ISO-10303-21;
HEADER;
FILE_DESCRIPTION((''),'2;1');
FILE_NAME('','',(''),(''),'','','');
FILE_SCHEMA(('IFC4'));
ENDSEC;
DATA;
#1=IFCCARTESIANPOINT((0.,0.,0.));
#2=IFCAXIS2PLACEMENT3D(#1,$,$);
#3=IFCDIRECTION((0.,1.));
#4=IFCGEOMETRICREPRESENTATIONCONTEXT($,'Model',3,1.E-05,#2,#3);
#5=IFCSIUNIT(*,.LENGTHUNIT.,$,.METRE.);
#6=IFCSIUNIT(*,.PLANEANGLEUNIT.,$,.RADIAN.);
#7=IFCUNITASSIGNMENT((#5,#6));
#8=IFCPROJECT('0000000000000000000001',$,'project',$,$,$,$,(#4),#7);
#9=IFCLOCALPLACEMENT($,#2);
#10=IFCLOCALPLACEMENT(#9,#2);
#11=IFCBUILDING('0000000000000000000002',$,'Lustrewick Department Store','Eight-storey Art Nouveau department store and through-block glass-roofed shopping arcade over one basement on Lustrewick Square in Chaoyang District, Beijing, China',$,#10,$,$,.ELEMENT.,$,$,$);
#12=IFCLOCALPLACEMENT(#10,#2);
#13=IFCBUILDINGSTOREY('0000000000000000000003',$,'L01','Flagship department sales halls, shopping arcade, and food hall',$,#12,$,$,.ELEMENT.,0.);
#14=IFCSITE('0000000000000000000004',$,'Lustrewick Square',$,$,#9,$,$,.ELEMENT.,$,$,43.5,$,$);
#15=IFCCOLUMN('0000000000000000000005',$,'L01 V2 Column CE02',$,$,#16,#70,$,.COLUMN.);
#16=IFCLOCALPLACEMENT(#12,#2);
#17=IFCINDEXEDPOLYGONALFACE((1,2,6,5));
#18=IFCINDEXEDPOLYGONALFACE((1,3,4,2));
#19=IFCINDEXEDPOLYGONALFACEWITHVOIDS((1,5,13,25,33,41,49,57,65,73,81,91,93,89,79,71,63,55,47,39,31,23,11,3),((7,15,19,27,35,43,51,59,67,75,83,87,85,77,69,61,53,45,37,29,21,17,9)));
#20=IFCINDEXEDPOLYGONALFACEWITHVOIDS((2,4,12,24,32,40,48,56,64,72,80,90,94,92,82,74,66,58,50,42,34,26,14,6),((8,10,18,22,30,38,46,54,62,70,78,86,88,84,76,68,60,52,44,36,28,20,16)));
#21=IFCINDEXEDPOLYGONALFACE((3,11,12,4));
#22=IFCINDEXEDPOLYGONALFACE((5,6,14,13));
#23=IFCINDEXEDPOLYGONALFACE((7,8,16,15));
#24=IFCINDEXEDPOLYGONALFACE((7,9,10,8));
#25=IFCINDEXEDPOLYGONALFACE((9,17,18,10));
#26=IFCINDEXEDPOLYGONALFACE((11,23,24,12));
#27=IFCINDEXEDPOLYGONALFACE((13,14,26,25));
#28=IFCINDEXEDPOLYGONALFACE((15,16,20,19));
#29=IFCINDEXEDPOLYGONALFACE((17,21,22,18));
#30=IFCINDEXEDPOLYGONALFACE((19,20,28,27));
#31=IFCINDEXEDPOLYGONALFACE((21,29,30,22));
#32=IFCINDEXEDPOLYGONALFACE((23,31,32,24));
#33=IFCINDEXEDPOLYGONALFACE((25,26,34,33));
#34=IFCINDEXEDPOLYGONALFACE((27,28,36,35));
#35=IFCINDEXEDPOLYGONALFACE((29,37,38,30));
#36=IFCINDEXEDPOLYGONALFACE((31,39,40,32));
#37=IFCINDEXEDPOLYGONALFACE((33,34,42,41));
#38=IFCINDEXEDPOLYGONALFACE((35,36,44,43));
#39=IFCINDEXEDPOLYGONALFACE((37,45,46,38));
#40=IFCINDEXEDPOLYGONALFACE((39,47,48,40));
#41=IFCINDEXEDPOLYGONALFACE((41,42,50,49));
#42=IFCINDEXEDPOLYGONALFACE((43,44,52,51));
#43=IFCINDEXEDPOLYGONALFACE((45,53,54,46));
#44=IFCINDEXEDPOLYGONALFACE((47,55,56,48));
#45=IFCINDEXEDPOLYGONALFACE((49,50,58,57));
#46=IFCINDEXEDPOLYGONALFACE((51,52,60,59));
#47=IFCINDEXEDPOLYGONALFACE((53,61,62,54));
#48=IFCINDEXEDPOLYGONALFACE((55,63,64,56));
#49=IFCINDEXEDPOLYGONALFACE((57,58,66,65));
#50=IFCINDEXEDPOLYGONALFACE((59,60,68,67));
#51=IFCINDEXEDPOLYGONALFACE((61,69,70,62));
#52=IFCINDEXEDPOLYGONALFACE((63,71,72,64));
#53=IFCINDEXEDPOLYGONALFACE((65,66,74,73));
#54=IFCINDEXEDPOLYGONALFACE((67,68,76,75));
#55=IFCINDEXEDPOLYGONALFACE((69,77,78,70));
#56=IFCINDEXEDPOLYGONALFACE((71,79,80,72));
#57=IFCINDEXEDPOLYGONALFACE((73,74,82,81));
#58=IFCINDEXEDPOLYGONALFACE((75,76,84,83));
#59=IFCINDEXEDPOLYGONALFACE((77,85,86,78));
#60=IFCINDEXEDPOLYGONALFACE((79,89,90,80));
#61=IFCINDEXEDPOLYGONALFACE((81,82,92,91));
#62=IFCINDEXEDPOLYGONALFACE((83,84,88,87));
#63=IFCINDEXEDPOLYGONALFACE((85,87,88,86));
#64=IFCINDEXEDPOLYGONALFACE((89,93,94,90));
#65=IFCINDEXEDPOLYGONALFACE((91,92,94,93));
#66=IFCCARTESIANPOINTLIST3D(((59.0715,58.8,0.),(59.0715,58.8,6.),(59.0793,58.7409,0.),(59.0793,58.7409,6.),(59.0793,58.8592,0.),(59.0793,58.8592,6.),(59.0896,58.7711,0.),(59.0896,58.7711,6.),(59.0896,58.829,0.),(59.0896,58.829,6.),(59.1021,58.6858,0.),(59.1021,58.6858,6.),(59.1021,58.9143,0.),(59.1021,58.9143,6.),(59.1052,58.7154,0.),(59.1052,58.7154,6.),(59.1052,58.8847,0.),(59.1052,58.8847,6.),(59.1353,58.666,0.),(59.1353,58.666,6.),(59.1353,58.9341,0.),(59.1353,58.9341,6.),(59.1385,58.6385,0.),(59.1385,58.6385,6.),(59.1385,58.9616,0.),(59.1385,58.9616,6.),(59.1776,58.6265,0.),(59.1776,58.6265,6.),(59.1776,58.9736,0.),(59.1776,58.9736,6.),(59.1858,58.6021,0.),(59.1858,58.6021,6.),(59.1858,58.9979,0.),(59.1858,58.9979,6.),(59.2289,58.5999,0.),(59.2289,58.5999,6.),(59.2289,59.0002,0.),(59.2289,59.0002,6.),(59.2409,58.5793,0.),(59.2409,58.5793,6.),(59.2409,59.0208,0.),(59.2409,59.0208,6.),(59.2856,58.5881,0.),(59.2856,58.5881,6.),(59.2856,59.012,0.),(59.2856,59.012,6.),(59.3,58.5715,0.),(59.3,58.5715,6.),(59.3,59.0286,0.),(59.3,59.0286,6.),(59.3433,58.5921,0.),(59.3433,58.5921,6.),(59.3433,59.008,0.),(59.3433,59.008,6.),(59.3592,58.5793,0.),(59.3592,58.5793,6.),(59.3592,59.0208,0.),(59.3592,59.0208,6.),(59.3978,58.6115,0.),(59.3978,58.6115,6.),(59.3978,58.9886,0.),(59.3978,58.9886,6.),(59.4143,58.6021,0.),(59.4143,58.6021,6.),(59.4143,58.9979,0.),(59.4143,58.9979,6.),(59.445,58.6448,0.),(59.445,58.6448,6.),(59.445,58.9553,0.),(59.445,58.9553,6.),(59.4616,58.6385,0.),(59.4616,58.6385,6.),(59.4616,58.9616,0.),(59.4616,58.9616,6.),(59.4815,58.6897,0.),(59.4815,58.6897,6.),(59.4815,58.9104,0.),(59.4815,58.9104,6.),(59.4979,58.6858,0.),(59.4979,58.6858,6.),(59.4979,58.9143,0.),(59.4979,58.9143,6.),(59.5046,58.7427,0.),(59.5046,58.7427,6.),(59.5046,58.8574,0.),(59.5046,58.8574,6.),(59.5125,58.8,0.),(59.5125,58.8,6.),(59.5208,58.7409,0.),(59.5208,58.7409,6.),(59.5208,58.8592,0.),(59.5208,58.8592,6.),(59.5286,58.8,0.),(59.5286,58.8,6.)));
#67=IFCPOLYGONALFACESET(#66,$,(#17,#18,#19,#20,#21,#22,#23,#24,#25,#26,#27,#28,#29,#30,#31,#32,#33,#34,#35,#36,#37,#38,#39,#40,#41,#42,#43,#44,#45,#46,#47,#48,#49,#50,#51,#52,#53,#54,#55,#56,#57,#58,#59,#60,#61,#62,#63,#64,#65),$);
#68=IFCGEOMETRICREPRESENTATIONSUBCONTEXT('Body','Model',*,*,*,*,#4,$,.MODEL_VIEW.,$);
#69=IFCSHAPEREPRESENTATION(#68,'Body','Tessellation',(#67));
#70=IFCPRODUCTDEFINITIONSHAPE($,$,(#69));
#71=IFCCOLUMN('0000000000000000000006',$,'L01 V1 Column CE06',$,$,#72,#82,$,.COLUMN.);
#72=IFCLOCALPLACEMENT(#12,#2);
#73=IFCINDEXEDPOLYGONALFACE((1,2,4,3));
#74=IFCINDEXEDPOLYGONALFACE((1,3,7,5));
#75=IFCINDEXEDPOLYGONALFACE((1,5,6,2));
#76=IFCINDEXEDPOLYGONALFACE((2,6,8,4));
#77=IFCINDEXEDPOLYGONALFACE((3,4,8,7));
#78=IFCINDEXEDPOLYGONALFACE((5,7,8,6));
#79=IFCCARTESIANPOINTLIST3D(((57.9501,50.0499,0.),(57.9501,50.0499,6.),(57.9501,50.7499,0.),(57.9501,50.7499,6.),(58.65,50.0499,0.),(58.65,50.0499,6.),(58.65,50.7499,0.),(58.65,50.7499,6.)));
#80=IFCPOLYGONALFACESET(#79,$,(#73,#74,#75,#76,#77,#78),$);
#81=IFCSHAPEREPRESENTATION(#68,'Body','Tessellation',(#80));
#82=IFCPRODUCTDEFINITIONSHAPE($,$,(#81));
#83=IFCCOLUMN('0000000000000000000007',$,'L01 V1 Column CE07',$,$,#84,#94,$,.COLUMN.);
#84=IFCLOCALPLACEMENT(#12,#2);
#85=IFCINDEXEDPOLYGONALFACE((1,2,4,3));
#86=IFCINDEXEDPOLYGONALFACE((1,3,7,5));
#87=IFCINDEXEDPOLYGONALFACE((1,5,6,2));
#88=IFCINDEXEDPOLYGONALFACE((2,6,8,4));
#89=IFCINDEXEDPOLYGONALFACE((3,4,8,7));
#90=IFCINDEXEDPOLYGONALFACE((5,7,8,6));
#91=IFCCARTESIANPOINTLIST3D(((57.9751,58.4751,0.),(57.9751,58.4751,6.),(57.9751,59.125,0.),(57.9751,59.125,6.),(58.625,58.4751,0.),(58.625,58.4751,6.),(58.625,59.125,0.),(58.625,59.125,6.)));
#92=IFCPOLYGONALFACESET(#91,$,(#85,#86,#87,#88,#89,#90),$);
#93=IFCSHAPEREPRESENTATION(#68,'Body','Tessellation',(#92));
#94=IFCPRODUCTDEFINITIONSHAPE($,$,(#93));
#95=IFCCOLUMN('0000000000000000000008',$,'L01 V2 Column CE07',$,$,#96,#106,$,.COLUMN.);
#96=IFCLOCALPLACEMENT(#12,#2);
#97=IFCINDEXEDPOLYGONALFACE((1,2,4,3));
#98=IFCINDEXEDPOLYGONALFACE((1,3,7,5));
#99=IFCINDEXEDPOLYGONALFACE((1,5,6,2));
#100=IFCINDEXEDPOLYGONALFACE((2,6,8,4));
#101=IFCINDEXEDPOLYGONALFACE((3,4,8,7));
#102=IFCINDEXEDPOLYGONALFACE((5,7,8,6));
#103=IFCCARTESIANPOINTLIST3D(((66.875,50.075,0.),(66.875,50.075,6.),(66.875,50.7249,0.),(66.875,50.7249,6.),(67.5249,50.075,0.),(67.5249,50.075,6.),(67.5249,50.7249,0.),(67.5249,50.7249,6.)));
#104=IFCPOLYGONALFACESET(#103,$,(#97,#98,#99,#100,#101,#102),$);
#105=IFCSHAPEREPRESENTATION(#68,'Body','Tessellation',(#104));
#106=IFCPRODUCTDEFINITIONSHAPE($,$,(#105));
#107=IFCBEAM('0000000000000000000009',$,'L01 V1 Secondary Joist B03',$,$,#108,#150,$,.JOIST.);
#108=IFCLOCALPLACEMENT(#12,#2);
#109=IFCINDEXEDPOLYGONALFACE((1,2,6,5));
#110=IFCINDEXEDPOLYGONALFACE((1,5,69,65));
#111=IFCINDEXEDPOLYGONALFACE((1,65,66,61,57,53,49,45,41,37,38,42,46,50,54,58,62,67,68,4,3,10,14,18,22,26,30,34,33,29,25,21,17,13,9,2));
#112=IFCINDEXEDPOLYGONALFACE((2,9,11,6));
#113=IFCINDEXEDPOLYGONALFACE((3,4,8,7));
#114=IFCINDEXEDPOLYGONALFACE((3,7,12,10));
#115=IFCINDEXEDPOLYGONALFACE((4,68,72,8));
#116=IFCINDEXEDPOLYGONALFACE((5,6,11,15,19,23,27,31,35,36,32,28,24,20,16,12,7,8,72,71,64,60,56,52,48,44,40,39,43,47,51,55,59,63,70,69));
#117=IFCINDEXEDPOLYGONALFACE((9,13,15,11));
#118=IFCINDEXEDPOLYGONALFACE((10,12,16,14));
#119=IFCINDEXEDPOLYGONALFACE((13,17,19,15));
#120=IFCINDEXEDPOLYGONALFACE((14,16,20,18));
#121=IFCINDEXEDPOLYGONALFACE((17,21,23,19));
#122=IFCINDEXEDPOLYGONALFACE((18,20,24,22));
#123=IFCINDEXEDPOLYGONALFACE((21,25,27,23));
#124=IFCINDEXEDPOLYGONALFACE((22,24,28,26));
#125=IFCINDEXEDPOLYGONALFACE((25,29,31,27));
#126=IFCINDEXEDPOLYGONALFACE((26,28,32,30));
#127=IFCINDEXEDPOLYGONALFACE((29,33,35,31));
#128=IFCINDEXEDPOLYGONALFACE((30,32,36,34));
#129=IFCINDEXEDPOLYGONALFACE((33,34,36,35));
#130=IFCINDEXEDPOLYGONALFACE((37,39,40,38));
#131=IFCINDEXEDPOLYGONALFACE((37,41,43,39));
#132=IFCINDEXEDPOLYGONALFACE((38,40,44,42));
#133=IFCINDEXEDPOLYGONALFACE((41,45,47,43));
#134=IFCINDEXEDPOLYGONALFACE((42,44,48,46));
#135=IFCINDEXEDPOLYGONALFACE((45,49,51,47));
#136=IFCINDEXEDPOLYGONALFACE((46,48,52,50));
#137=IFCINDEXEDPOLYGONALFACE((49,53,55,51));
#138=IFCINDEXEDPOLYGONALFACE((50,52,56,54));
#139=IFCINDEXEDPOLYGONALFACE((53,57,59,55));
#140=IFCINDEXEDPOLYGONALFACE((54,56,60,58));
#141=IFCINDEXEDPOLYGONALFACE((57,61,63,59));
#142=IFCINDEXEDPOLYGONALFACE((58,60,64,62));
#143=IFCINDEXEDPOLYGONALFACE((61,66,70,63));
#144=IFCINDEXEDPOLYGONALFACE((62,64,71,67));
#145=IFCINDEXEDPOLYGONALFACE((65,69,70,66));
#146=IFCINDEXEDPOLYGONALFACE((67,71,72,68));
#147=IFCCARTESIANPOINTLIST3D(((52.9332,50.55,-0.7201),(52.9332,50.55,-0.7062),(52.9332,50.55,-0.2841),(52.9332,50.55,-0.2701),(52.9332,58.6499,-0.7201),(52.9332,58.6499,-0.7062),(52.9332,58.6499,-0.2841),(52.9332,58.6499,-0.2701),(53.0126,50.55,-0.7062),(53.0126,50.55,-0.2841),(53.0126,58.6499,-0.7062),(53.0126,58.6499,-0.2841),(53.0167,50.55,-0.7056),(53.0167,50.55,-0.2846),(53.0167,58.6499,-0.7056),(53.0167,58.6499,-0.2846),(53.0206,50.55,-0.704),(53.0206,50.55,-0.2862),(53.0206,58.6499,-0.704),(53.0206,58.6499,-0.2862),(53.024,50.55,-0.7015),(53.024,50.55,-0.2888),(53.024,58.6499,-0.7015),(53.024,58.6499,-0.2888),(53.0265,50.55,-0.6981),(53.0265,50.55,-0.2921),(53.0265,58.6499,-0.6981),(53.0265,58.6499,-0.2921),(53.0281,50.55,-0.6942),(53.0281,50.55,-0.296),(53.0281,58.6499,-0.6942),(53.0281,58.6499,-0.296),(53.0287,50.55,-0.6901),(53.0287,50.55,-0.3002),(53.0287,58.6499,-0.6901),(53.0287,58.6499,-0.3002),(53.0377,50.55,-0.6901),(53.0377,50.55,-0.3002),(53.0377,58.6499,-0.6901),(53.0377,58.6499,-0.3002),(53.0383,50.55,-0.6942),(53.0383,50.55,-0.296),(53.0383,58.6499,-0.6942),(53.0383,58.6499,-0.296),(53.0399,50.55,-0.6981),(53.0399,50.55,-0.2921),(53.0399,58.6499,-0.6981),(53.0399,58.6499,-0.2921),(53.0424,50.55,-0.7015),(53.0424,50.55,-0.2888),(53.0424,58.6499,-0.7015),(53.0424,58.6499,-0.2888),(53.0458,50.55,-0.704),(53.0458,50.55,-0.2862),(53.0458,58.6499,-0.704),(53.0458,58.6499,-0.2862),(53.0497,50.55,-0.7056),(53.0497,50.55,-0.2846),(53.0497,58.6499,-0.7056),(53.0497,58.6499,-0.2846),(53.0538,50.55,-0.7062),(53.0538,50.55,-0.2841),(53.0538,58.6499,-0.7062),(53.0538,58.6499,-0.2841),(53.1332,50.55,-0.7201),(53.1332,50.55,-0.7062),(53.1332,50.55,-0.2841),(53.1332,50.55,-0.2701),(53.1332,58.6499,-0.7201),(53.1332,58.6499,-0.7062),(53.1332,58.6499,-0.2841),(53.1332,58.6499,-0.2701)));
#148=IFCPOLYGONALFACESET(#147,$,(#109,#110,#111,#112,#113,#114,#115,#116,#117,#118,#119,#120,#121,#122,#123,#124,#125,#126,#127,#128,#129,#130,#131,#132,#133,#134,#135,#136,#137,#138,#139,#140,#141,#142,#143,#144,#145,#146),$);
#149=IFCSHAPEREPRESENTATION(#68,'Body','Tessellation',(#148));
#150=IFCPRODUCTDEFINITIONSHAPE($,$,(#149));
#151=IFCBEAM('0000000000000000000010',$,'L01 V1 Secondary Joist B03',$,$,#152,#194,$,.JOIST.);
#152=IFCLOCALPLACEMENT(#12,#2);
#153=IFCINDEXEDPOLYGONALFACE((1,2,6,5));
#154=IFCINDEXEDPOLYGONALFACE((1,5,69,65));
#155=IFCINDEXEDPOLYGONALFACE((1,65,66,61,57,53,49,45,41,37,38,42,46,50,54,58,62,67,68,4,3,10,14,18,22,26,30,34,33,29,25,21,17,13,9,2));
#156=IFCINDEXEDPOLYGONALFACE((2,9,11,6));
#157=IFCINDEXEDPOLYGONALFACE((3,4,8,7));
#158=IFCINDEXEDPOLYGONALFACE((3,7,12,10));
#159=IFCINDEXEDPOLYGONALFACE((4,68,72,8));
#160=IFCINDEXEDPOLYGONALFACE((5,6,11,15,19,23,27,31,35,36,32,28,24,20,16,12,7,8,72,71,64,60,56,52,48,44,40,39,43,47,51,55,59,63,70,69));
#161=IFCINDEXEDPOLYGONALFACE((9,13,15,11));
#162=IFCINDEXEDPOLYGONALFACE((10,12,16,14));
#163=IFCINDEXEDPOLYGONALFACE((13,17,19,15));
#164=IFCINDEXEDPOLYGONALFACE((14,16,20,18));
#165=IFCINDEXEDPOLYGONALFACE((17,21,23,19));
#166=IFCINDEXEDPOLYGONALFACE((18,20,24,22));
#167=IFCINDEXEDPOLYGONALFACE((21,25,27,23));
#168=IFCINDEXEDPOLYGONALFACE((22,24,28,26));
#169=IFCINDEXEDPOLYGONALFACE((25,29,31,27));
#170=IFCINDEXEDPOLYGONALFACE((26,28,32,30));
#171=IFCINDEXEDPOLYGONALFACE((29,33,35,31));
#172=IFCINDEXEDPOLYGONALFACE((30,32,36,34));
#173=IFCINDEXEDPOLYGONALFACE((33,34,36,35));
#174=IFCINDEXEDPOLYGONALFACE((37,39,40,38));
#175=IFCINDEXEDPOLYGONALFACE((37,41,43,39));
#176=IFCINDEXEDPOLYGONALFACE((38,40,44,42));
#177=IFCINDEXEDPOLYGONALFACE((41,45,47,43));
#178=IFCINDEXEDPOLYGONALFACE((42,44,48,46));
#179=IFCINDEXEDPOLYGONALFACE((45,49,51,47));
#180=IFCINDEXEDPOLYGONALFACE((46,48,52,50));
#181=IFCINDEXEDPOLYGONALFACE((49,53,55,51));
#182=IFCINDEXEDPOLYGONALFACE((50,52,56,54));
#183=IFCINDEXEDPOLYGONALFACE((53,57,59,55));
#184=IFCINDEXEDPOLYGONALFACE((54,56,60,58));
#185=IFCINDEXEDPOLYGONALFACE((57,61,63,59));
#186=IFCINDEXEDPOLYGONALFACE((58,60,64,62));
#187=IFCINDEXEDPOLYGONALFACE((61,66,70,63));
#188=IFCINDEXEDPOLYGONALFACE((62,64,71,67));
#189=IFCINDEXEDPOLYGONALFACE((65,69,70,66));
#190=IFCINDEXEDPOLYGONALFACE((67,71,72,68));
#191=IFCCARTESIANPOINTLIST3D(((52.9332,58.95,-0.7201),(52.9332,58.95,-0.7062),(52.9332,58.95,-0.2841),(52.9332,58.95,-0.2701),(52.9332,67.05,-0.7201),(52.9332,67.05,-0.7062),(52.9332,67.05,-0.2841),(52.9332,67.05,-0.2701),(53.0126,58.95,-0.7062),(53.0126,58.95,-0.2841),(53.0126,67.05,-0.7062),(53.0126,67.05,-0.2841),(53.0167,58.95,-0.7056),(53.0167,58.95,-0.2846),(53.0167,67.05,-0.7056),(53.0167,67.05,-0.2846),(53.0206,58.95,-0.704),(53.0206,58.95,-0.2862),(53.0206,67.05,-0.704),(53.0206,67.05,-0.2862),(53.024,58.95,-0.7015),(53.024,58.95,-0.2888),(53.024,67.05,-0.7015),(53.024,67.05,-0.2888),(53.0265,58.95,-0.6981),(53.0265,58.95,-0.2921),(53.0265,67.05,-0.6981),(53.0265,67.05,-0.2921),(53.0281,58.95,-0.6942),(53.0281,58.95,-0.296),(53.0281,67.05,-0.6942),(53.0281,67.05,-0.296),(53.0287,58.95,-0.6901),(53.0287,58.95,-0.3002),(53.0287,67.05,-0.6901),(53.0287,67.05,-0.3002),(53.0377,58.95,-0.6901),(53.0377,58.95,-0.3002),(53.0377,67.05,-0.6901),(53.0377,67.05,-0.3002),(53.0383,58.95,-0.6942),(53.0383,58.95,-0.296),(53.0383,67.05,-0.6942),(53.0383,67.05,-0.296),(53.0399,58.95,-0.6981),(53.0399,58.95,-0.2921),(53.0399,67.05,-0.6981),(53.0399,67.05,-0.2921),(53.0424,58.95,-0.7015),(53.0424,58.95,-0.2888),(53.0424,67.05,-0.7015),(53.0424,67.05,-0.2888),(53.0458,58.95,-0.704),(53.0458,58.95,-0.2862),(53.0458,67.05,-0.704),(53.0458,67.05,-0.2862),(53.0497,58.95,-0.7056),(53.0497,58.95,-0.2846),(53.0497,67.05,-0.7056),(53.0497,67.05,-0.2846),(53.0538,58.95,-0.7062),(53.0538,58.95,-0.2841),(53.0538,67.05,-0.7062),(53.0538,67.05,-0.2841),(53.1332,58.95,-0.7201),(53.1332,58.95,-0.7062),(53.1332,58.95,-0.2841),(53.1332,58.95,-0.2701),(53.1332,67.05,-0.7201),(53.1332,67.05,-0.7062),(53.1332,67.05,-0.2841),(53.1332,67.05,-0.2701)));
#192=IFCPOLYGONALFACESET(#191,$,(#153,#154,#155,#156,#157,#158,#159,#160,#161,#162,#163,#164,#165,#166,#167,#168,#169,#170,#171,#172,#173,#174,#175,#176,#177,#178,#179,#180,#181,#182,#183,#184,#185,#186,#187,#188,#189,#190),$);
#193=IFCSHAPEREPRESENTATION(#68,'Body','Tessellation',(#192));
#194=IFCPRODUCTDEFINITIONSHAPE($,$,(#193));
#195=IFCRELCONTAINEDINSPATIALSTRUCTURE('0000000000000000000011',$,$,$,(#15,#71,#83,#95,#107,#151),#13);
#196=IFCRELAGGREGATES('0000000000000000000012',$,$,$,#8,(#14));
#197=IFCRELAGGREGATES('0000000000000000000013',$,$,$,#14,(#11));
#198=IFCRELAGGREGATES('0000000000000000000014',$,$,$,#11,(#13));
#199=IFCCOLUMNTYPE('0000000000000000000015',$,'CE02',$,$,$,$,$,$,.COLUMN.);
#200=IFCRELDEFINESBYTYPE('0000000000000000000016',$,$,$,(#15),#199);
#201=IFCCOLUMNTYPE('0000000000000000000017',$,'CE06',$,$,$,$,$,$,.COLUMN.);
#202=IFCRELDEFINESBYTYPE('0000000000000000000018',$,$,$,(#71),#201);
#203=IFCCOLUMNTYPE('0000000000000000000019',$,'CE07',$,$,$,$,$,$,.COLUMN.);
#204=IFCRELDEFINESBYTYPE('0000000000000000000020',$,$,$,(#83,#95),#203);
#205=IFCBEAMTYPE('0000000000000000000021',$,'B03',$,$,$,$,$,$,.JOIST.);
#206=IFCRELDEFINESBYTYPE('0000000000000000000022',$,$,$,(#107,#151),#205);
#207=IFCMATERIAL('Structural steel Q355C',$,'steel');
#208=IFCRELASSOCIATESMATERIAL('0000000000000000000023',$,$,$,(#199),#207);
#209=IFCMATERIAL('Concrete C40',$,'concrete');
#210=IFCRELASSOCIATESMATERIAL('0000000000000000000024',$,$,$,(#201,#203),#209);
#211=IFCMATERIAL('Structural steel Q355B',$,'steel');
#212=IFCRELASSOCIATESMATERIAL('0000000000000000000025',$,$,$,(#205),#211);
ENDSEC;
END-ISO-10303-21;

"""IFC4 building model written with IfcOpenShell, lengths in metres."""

from ifc_helpers import new_model, si_unit, direction, frame, origin, origin_2d, place, context, subcontext, project, spatial, rectangle, hollow_circle, i_section, extrude, material, material_profile, profile_set, type_object, element, save


model = new_model("IFC4")

# Units and contexts
model_context = context("Model", 3, precision=1e-05, world=origin(), true_north=direction((0.0, 1.0)))
body_context = subcontext(model_context, "Body", "Model", "MODEL_VIEW")
ifc_project = project(units=[si_unit("LENGTHUNIT", "METRE"), si_unit("PLANEANGLEUNIT", "RADIAN")], contexts=[model_context])

# Site, building, storey
site_placement = place(None, origin())
site = spatial("IfcSite", under=ifc_project, at=site_placement, Name="Lustrewick Square", CompositionType="ELEMENT", RefElevation=43.5)
building_placement = place(site_placement, origin())
building = spatial("IfcBuilding", under=site, at=building_placement, Name="Lustrewick Department Store", Description="Eight-storey Art Nouveau department store and through-block glass-roofed shopping arcade over one basement on Lustrewick Square in Chaoyang District, Beijing, China", CompositionType="ELEMENT")
storey_placement = place(building_placement, origin())
storey = spatial("IfcBuildingStorey", under=building, at=storey_placement, Name="L01", Description="Flagship department sales halls, shopping arcade, and food hall", CompositionType="ELEMENT", Elevation=0.0)

# Columns
ifc_material_1 = material(Name="Structural steel Q355C", Category="steel")
ifc_material_profile_1 = material_profile(ifc_material_1, hollow_circle(Radius=0.2285, WallThickness=0.0161, at=origin_2d()), Name="CHS 457x16")
ifc_profile_set_1 = profile_set([ifc_material_profile_1], Name="Structural steel Q355C")
column_type_1 = type_object("IfcColumnType", Name="CE02", PredefinedType="COLUMN", material=ifc_profile_set_1)
column_1_placement = place(storey_placement, frame((59.3, 58.8, 0.0), z_axis=(0.0, 0.0, 1.0), x_axis=(1.0, 0.0, 0.0)))
element("IfcColumn", 1, at=column_1_placement, inside=storey, type_object=column_type_1, Name="L01 V2 Column CE02", PredefinedType="COLUMN", context=body_context, shape_type="SweptSolid", body=[
    extrude(hollow_circle(Radius=0.2285, WallThickness=0.0161, at=origin_2d()), origin(), (0.0, 0.0, 1.0), 6.0),
])
ifc_material_2 = material(Name="Concrete C40", Category="concrete")
ifc_material_profile_2 = material_profile(ifc_material_2, rectangle(XDim=0.7, YDim=0.7, at=origin_2d()), Name="RC 700x700")
ifc_profile_set_2 = profile_set([ifc_material_profile_2], Name="Concrete C40")
column_type_2 = type_object("IfcColumnType", Name="CE06", PredefinedType="COLUMN", material=ifc_profile_set_2)
column_2_placement = place(storey_placement, frame((58.3, 50.3999, 0.0), z_axis=(0.0, 0.0, 1.0), x_axis=(1.0, 0.0, 0.0)))
element("IfcColumn", 2, at=column_2_placement, inside=storey, type_object=column_type_2, Name="L01 V1 Column CE06", PredefinedType="COLUMN", context=body_context, shape_type="SweptSolid", body=[
    extrude(rectangle(XDim=0.7, YDim=0.7, at=origin_2d()), origin(), (0.0, 0.0, 1.0), 6.0),
])
ifc_material_profile_3 = material_profile(ifc_material_2, rectangle(XDim=0.6499, YDim=0.6499, at=origin_2d()), Name="RC 650x650")
ifc_profile_set_3 = profile_set([ifc_material_profile_3], Name="Concrete C40")
column_type_3 = type_object("IfcColumnType", Name="CE07", PredefinedType="COLUMN", material=ifc_profile_set_3)
for number, where, z_axis, x_axis, name in (
    (3, (58.3, 58.8, 0.0), (0.0, 0.0, 1.0), (1.0, 0.0, 0.0), "L01 V1 Column CE07"),
    (4, (67.2, 50.3999, 0.0), (0.0, 0.0, 1.0), (1.0, 0.0, 0.0), "L01 V2 Column CE07"),
):
    element("IfcColumn", number, at=place(storey_placement, frame(where, z_axis=z_axis, x_axis=x_axis)), inside=storey, type_object=column_type_3, Name=name, PredefinedType="COLUMN", context=body_context, shape_type="SweptSolid", body=[
        extrude(rectangle(XDim=0.6499, YDim=0.6499, at=origin_2d()), origin(), (0.0, 0.0, 1.0), 6.0),
    ])

# Beams
ifc_material_3 = material(Name="Structural steel Q355B", Category="steel")
ifc_material_profile_4 = material_profile(ifc_material_3, i_section(OverallWidth=0.2, OverallDepth=0.45, WebThickness=0.009, FlangeThickness=0.0139, FilletRadius=0.0161, at=origin_2d()), Name="HN 450x200x9x14")
ifc_profile_set_4 = profile_set([ifc_material_profile_4], Name="Structural steel Q355B")
beam_type_1 = type_object("IfcBeamType", Name="B03", PredefinedType="JOIST", material=ifc_profile_set_4)
beam_1_placement = place(storey_placement, frame((53.0332, 50.55, -0.4951), z_axis=(0.0, 1.0, 0.0), x_axis=(-1.0, 0.0, 0.0)))
element("IfcBeam", 5, at=beam_1_placement, inside=storey, type_object=beam_type_1, Name="L01 V1 Secondary Joist B03", PredefinedType="JOIST", context=body_context, shape_type="SweptSolid", body=[
    extrude(i_section(OverallWidth=0.2, OverallDepth=0.45, WebThickness=0.009, FlangeThickness=0.0139, FilletRadius=0.0161, at=origin_2d()), origin(), (0.0, 0.0, 1.0), 8.0999),
])
beam_2_placement = place(storey_placement, frame((53.0332, 58.95, -0.4951), z_axis=(0.0, 1.0, 0.0), x_axis=(-1.0, 0.0, 0.0)))
element("IfcBeam", 6, at=beam_2_placement, inside=storey, type_object=beam_type_1, Name="L01 V1 Secondary Joist B03", PredefinedType="JOIST", context=body_context, shape_type="SweptSolid", body=[
    extrude(i_section(OverallWidth=0.2, OverallDepth=0.45, WebThickness=0.009, FlangeThickness=0.0139, FilletRadius=0.0161, at=origin_2d()), origin(), (0.0, 0.0, 1.0), 8.1001),
])

save(model, "model.ifc")
